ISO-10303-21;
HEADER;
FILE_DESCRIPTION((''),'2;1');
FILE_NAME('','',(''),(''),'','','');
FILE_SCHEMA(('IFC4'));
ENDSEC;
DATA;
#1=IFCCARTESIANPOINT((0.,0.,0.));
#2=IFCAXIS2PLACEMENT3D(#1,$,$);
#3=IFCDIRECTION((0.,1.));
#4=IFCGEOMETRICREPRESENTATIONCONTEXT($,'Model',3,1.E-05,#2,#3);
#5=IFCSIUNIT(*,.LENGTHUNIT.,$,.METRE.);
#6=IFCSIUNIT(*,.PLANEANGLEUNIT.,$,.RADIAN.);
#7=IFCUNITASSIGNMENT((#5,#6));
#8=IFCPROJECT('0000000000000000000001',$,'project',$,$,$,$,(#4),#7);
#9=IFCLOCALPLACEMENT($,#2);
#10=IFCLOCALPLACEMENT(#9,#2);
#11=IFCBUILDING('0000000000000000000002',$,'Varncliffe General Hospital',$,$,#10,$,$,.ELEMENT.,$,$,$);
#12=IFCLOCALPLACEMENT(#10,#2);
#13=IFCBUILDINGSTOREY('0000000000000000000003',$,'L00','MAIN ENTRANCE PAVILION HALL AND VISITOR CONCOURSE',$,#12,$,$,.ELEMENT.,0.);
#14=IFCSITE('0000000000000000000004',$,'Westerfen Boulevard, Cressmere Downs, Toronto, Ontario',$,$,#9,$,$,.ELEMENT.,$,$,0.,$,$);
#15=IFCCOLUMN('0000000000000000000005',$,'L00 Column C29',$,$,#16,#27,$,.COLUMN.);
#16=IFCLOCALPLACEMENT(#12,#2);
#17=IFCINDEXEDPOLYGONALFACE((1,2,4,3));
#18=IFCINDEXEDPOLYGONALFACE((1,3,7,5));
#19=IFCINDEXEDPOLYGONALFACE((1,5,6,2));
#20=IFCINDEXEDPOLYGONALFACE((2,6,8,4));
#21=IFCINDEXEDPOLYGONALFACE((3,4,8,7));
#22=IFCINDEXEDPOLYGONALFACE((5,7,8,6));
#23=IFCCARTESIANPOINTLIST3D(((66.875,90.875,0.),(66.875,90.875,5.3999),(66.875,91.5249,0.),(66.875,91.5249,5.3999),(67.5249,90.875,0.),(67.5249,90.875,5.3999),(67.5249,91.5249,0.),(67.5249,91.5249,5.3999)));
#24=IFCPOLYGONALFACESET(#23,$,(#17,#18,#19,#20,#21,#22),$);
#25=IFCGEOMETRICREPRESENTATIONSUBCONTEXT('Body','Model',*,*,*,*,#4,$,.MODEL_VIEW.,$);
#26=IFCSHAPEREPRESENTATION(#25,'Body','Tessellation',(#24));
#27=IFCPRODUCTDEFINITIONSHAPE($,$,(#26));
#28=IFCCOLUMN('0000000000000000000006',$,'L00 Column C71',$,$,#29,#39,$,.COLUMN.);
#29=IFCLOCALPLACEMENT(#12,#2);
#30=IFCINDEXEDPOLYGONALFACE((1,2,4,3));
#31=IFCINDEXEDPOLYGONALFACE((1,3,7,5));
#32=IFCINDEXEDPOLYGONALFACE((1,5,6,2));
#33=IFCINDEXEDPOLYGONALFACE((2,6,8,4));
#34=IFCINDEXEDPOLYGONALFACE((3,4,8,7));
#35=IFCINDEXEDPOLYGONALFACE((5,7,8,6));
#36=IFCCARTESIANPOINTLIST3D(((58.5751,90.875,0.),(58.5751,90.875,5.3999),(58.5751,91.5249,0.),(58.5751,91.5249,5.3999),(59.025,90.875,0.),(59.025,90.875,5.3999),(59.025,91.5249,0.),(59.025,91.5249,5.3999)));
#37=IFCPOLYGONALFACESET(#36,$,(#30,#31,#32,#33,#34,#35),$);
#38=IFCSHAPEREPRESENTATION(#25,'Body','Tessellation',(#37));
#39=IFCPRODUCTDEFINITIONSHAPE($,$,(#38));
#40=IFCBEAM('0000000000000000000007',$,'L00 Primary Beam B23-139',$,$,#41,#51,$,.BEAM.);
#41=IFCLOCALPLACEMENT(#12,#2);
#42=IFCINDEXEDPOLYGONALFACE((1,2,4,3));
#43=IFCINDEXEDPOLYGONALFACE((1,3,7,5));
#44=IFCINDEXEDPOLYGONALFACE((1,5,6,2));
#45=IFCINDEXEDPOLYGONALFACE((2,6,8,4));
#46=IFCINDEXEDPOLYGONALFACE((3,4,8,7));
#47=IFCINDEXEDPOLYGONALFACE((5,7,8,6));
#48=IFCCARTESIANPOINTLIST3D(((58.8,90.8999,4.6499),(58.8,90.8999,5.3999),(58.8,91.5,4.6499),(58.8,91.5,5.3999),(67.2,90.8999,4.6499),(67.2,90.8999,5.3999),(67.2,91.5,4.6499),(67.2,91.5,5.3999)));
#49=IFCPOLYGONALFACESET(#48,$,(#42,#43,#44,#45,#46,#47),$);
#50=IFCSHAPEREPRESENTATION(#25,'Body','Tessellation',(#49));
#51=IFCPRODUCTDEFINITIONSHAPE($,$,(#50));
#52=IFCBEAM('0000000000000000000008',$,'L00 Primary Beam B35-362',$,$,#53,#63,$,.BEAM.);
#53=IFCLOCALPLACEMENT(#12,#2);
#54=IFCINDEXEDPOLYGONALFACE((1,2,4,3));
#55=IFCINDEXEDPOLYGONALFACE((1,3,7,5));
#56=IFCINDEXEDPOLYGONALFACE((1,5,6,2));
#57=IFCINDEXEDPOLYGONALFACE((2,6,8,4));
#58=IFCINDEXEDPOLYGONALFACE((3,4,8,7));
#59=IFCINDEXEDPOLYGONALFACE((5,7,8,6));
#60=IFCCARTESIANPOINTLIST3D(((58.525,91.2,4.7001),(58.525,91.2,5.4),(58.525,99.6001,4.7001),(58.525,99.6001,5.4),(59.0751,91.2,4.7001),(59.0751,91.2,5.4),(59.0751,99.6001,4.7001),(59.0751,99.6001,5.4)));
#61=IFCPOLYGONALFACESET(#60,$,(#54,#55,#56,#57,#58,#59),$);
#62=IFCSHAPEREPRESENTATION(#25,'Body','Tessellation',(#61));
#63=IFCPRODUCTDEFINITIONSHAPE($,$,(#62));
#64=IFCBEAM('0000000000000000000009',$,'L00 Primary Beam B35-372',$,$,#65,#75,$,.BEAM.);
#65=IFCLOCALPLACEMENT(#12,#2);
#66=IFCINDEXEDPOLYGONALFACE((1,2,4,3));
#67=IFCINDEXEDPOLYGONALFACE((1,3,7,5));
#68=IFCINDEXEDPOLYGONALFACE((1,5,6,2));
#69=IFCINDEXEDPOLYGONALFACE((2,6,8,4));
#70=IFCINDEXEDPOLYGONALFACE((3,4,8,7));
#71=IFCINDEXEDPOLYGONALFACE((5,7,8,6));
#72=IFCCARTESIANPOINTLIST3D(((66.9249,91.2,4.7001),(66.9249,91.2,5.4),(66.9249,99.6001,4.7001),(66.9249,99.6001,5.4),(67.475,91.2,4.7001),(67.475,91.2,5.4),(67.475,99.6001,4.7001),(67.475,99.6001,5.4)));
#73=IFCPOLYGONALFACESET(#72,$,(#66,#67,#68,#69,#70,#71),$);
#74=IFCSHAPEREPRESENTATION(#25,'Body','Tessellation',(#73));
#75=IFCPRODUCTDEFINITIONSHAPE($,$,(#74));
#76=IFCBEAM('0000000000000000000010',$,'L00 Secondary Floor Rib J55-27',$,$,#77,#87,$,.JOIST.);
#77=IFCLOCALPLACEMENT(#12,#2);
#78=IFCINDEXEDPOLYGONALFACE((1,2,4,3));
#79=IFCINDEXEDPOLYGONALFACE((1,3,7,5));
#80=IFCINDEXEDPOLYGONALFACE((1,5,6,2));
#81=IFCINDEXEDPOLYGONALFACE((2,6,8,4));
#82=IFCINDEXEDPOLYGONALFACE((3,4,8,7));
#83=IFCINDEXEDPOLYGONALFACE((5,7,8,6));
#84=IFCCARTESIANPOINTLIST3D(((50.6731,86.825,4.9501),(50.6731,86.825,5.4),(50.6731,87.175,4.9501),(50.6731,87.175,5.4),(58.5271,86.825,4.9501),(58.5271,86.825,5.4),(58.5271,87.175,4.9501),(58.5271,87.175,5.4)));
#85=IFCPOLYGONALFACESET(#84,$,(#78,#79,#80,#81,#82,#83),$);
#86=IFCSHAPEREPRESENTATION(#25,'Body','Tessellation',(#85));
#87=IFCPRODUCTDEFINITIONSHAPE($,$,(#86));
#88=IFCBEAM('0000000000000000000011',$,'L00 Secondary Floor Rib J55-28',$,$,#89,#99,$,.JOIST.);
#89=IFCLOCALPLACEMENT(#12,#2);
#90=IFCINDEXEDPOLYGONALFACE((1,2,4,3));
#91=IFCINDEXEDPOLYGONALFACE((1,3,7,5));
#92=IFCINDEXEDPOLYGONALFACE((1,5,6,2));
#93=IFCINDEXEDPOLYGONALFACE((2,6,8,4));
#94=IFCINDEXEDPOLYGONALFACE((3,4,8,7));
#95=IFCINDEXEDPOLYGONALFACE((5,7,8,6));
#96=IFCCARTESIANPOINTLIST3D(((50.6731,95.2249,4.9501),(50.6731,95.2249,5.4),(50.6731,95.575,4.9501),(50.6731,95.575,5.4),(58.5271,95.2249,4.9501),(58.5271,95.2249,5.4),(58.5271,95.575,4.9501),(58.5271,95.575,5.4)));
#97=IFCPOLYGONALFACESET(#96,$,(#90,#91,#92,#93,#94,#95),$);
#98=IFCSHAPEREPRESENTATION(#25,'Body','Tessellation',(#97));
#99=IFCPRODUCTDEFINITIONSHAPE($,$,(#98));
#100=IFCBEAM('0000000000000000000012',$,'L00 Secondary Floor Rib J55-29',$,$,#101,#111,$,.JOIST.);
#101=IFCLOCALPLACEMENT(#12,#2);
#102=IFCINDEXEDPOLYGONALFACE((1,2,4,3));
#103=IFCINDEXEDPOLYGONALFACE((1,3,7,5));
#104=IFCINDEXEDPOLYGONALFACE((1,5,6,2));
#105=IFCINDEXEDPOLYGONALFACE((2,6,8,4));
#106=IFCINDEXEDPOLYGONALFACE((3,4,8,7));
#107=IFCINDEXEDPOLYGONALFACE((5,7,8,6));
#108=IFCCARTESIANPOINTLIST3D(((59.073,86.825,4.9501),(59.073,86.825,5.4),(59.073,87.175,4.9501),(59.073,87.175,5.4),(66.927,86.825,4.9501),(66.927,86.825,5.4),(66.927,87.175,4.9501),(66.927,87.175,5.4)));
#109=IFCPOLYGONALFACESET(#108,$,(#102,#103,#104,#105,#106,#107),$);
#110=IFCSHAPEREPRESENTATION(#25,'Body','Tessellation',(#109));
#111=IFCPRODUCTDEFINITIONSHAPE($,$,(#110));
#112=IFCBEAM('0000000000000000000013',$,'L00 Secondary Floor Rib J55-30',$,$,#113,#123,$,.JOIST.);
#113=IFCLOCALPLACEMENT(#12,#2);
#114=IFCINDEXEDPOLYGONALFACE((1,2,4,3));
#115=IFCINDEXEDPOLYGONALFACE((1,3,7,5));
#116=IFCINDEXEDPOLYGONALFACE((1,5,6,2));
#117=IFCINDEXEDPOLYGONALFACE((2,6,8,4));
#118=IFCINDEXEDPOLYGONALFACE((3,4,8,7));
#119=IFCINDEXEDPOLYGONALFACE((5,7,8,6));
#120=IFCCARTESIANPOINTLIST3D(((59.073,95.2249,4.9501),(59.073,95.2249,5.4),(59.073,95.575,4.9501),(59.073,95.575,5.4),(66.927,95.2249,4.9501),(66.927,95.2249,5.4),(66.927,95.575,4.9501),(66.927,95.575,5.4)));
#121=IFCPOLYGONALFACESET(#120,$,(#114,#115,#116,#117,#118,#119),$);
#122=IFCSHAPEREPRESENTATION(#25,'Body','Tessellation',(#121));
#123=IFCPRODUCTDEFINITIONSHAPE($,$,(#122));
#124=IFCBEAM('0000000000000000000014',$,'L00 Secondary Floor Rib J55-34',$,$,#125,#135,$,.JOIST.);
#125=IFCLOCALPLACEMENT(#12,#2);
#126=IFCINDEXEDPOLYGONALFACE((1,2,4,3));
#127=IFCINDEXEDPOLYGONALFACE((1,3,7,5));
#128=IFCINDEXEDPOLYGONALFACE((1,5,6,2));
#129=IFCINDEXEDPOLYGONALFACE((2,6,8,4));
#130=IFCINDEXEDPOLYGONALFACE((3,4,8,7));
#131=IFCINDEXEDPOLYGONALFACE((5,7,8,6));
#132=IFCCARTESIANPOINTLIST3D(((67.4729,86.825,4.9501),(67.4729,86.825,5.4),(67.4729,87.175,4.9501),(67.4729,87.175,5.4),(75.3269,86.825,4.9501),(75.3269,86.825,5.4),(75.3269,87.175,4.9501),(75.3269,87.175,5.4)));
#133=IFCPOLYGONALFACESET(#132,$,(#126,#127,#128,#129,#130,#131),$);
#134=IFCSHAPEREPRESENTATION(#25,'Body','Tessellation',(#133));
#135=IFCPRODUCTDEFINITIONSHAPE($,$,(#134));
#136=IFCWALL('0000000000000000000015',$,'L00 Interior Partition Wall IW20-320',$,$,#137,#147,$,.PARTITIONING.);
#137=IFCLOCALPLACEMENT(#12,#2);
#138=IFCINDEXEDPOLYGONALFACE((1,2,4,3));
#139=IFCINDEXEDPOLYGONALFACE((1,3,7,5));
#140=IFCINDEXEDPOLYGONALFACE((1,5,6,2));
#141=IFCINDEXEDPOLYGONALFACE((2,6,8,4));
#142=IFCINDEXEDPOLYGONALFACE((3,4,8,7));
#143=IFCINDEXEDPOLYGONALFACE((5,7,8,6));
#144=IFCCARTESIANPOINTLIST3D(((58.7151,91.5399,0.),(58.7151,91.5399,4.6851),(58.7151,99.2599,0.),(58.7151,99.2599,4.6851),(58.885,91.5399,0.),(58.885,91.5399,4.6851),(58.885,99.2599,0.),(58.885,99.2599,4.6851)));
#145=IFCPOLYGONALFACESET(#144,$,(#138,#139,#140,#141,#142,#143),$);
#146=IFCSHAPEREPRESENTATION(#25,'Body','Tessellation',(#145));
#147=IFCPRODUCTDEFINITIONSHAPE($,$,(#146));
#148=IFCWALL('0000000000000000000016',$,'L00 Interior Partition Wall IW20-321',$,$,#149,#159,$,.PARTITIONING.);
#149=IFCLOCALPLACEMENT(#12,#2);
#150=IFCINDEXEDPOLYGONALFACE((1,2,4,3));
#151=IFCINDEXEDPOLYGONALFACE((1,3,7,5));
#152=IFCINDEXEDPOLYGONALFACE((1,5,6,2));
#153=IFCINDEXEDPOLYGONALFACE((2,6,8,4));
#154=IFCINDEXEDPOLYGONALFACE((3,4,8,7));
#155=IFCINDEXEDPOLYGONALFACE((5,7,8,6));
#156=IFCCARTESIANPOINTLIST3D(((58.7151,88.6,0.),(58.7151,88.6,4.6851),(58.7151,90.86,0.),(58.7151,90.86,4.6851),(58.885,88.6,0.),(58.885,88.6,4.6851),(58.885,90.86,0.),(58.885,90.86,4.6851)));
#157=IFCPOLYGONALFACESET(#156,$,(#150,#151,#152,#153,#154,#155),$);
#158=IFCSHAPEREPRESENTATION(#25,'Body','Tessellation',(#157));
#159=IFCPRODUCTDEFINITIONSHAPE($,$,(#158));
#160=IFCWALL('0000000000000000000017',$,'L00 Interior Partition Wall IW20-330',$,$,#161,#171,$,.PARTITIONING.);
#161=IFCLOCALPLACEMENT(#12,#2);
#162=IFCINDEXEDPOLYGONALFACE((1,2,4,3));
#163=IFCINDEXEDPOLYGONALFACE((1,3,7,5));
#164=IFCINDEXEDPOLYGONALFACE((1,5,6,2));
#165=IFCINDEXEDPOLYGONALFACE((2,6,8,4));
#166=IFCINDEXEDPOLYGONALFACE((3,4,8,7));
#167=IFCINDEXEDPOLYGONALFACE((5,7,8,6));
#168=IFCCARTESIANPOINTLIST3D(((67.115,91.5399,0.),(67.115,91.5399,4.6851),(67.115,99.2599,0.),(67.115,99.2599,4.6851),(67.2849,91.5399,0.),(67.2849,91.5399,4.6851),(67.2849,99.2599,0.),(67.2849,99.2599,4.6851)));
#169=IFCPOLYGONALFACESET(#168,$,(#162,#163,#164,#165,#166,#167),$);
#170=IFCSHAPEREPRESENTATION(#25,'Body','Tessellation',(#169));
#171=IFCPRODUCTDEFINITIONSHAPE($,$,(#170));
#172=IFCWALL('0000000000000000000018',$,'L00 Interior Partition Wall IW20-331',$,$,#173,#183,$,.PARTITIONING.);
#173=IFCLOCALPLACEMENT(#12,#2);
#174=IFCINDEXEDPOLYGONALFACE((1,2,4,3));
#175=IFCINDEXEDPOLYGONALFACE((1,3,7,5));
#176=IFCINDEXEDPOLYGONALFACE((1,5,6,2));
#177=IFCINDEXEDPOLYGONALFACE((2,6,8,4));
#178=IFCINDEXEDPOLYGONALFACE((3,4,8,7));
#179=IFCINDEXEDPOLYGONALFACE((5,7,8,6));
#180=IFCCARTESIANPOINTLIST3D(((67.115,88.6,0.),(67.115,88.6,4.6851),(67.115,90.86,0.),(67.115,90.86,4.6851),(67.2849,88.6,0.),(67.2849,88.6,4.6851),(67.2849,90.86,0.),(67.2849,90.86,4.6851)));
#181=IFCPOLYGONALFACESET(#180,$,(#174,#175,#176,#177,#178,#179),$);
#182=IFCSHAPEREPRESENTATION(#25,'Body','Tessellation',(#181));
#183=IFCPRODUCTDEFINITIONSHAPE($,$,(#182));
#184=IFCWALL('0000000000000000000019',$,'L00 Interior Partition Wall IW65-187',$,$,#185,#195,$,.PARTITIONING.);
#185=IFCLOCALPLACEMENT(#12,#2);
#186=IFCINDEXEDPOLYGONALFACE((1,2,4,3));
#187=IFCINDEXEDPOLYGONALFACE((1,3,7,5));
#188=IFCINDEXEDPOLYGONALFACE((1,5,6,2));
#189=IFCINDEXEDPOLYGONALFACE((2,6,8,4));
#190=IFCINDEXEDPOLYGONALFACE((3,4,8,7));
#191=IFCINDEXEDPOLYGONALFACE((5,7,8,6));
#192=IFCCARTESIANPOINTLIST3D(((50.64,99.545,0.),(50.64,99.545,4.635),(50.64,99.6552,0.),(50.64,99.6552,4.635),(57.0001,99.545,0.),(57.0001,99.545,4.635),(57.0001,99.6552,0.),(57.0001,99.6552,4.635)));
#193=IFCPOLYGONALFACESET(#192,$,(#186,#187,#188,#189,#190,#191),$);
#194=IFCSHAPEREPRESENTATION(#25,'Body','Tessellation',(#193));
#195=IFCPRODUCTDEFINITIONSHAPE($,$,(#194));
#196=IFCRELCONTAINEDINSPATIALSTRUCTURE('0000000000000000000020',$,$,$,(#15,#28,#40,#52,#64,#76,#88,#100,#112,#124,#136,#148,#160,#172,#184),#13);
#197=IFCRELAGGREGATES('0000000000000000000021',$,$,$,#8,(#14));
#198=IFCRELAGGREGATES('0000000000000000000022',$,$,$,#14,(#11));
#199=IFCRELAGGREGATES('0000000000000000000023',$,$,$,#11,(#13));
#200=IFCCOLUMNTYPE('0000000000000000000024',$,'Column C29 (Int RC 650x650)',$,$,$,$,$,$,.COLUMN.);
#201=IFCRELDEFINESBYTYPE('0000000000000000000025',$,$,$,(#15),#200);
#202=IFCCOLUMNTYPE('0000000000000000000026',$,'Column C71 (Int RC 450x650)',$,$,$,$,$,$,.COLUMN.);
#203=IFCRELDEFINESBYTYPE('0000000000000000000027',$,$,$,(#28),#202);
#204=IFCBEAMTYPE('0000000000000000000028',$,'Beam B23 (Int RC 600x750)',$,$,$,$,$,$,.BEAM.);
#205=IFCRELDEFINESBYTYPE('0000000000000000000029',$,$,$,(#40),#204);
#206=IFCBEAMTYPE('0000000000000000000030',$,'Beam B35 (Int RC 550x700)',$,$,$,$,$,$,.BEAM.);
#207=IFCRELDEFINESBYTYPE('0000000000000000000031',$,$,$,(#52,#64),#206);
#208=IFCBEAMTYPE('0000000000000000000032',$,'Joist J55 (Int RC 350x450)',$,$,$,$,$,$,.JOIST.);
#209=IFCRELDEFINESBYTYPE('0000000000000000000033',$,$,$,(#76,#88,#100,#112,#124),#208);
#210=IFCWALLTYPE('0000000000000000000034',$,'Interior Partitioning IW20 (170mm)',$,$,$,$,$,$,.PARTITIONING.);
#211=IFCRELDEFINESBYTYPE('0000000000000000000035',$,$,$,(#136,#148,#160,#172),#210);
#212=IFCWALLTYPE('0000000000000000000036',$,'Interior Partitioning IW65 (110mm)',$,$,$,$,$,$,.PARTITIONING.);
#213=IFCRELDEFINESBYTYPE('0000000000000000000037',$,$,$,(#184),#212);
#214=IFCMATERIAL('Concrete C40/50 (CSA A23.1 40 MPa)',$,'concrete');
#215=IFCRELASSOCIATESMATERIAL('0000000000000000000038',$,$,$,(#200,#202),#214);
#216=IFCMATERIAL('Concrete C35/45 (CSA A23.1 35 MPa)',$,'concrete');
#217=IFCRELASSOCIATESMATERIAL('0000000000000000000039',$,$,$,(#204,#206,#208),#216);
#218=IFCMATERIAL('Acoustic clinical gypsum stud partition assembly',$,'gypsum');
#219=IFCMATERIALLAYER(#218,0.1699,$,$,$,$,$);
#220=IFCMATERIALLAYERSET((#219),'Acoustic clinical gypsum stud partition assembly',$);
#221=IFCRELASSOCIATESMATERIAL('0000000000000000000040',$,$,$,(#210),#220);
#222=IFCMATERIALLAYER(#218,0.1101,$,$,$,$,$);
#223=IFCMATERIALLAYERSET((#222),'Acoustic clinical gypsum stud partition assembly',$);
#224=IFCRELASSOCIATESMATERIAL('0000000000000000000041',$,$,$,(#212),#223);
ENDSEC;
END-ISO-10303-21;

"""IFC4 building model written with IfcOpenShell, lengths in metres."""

from ifc_helpers import new_model, si_unit, direction, frame, frame_2d, origin, origin_2d, place, context, subcontext, project, spatial, rectangle, extrude, material, layer, layer_set, material_profile, profile_set, type_object, element, save


model = new_model("IFC4")

# Units and contexts
model_context = context("Model", 3, precision=1e-05, world=origin(), true_north=direction((0.0, 1.0)))
body_context = subcontext(model_context, "Body", "Model", "MODEL_VIEW")
ifc_project = project(units=[si_unit("LENGTHUNIT", "METRE"), si_unit("PLANEANGLEUNIT", "RADIAN")], contexts=[model_context])

# Site, building, storey
site_placement = place(None, origin())
site = spatial("IfcSite", under=ifc_project, at=site_placement, Name="Westerfen Boulevard, Cressmere Downs, Toronto, Ontario", CompositionType="ELEMENT", RefElevation=0.0)
building_placement = place(site_placement, origin())
building = spatial("IfcBuilding", under=site, at=building_placement, Name="Varncliffe General Hospital", CompositionType="ELEMENT")
storey_placement = place(building_placement, origin())
storey = spatial("IfcBuildingStorey", under=building, at=storey_placement, Name="L00", Description="MAIN ENTRANCE PAVILION HALL AND VISITOR CONCOURSE", CompositionType="ELEMENT", Elevation=0.0)

# Columns
ifc_material_1 = material(Name="Concrete C40/50 (CSA A23.1 40 MPa)", Category="concrete")
ifc_material_profile_1 = material_profile(ifc_material_1, rectangle(XDim=0.6499, YDim=0.6499, at=origin_2d()), Name="RC 650x650")
ifc_profile_set_1 = profile_set([ifc_material_profile_1], Name="Concrete C40/50 (CSA A23.1 40 MPa)")
column_type_1 = type_object("IfcColumnType", Name="Column C29 (Int RC 650x650)", PredefinedType="COLUMN", material=ifc_profile_set_1)
column_1_placement = place(storey_placement, frame((67.2, 91.2, 0.0), z_axis=(0.0, 0.0, 1.0), x_axis=(1.0, 0.0, 0.0)))
element("IfcColumn", 1, at=column_1_placement, inside=storey, type_object=column_type_1, Name="L00 Column C29", PredefinedType="COLUMN", context=body_context, shape_type="SweptSolid", body=[
    extrude(rectangle(XDim=0.6499, YDim=0.6499, at=origin_2d()), origin(), (0.0, 0.0, 1.0), 5.3999),
])
ifc_material_profile_2 = material_profile(ifc_material_1, rectangle(XDim=0.45, YDim=0.6499, at=origin_2d()), Name="RC 450x650")
ifc_profile_set_2 = profile_set([ifc_material_profile_2], Name="Concrete C40/50 (CSA A23.1 40 MPa)")
column_type_2 = type_object("IfcColumnType", Name="Column C71 (Int RC 450x650)", PredefinedType="COLUMN", material=ifc_profile_set_2)
column_2_placement = place(storey_placement, frame((58.8, 91.2, 0.0), z_axis=(0.0, 0.0, 1.0), x_axis=(1.0, 0.0, 0.0)))
element("IfcColumn", 2, at=column_2_placement, inside=storey, type_object=column_type_2, Name="L00 Column C71", PredefinedType="COLUMN", context=body_context, shape_type="SweptSolid", body=[
    extrude(rectangle(XDim=0.45, YDim=0.6499, at=origin_2d()), origin(), (0.0, 0.0, 1.0), 5.3999),
])

# Beams
ifc_material_2 = material(Name="Concrete C35/45 (CSA A23.1 35 MPa)", Category="concrete")
ifc_material_profile_3 = material_profile(ifc_material_2, rectangle(XDim=0.6001, YDim=0.75, at=origin_2d()), Name="RC 600x750")
ifc_profile_set_3 = profile_set([ifc_material_profile_3], Name="Concrete C35/45 (CSA A23.1 35 MPa)")
beam_type_1 = type_object("IfcBeamType", Name="Beam B23 (Int RC 600x750)", PredefinedType="BEAM", material=ifc_profile_set_3)
beam_placement = place(storey_placement, frame((58.8, 91.2, 5.0249), z_axis=(1.0, 0.0, 0.0), x_axis=(0.0, 1.0, 0.0)))
element("IfcBeam", 3, at=beam_placement, inside=storey, type_object=beam_type_1, Name="L00 Primary Beam B23-139", PredefinedType="BEAM", context=body_context, shape_type="SweptSolid", body=[
    extrude(rectangle(XDim=0.6001, YDim=0.75, at=origin_2d()), origin(), (0.0, 0.0, 1.0), 8.3999),
])
ifc_material_profile_4 = material_profile(ifc_material_2, rectangle(XDim=0.55, YDim=0.7, at=origin_2d()), Name="RC 550x700")
ifc_profile_set_4 = profile_set([ifc_material_profile_4], Name="Concrete C35/45 (CSA A23.1 35 MPa)")
beam_type_2 = type_object("IfcBeamType", Name="Beam B35 (Int RC 550x700)", PredefinedType="BEAM", material=ifc_profile_set_4)
for number, where, z_axis, x_axis, name in (
    (4, (58.8, 91.2, 5.05), (0.0, 1.0, 0.0), (-1.0, 0.0, 0.0), "L00 Primary Beam B35-362"),
    (5, (67.2, 91.2, 5.05), (0.0, 1.0, 0.0), (-1.0, 0.0, 0.0), "L00 Primary Beam B35-372"),
):
    element("IfcBeam", number, at=place(storey_placement, frame(where, z_axis=z_axis, x_axis=x_axis)), inside=storey, type_object=beam_type_2, Name=name, PredefinedType="BEAM", context=body_context, shape_type="SweptSolid", body=[
        extrude(rectangle(XDim=0.55, YDim=0.7, at=origin_2d()), origin(), (0.0, 0.0, 1.0), 8.4001),
    ])
ifc_material_profile_5 = material_profile(ifc_material_2, rectangle(XDim=0.3501, YDim=0.45, at=origin_2d()), Name="RC 350x450")
ifc_profile_set_5 = profile_set([ifc_material_profile_5], Name="Concrete C35/45 (CSA A23.1 35 MPa)")
beam_type_3 = type_object("IfcBeamType", Name="Joist J55 (Int RC 350x450)", PredefinedType="JOIST", material=ifc_profile_set_5)
for number, where, z_axis, x_axis, name in (
    (6, (50.6731, 87.0, 5.175), (1.0, 0.0, 0.0), (0.0, 1.0, 0.0), "L00 Secondary Floor Rib J55-27"),
    (7, (50.6731, 95.3999, 5.175), (1.0, 0.0, 0.0), (0.0, 1.0, 0.0), "L00 Secondary Floor Rib J55-28"),
    (8, (59.073, 87.0, 5.175), (1.0, 0.0, 0.0), (0.0, 1.0, 0.0), "L00 Secondary Floor Rib J55-29"),
    (9, (59.073, 95.3999, 5.175), (1.0, 0.0, 0.0), (0.0, 1.0, 0.0), "L00 Secondary Floor Rib J55-30"),
    (10, (67.4729, 87.0, 5.175), (1.0, 0.0, 0.0), (0.0, 1.0, 0.0), "L00 Secondary Floor Rib J55-34"),
):
    element("IfcBeam", number, at=place(storey_placement, frame(where, z_axis=z_axis, x_axis=x_axis)), inside=storey, type_object=beam_type_3, Name=name, PredefinedType="JOIST", context=body_context, shape_type="SweptSolid", body=[
        extrude(rectangle(XDim=0.3501, YDim=0.45, at=origin_2d()), origin(), (0.0, 0.0, 1.0), 7.854),
    ])

# Walls
ifc_material_3 = material(Name="Acoustic clinical gypsum stud partition assembly", Category="gypsum")
ifc_layer_1 = layer(ifc_material_3, 0.1699)
ifc_layer_set_1 = layer_set([ifc_layer_1], Name="Acoustic clinical gypsum stud partition assembly")
wall_type_1 = type_object("IfcWallType", Name="Interior Partitioning IW20 (170mm)", PredefinedType="PARTITIONING", material=ifc_layer_set_1)
wall_1_placement = place(storey_placement, frame((58.8, 91.54, 0.0), z_axis=(0.0, 0.0, 1.0), x_axis=(0.0, 1.0, 0.0)))
element("IfcWall", 11, at=wall_1_placement, inside=storey, type_object=wall_type_1, Name="L00 Interior Partition Wall IW20-320", PredefinedType="PARTITIONING", context=body_context, shape_type="SweptSolid", body=[
    extrude(rectangle(XDim=7.72, YDim=0.1699, at=frame_2d((3.8599, 0.0))), origin(), (0.0, 0.0, 1.0), 4.6851),
])
wall_2_placement = place(storey_placement, frame((58.8, 88.6001, 0.0), z_axis=(0.0, 0.0, 1.0), x_axis=(0.0, 1.0, 0.0)))
element("IfcWall", 12, at=wall_2_placement, inside=storey, type_object=wall_type_1, Name="L00 Interior Partition Wall IW20-321", PredefinedType="PARTITIONING", context=body_context, shape_type="SweptSolid", body=[
    extrude(rectangle(XDim=2.26, YDim=0.1699, at=frame_2d((1.1299, 0.0))), origin(), (0.0, 0.0, 1.0), 4.6851),
])
wall_3_placement = place(storey_placement, frame((67.2, 91.54, 0.0), z_axis=(0.0, 0.0, 1.0), x_axis=(0.0, 1.0, 0.0)))
element("IfcWall", 13, at=wall_3_placement, inside=storey, type_object=wall_type_1, Name="L00 Interior Partition Wall IW20-330", PredefinedType="PARTITIONING", context=body_context, shape_type="SweptSolid", body=[
    extrude(rectangle(XDim=7.72, YDim=0.1699, at=frame_2d((3.8599, 0.0))), origin(), (0.0, 0.0, 1.0), 4.6851),
])
wall_4_placement = place(storey_placement, frame((67.2, 88.6001, 0.0), z_axis=(0.0, 0.0, 1.0), x_axis=(0.0, 1.0, 0.0)))
element("IfcWall", 14, at=wall_4_placement, inside=storey, type_object=wall_type_1, Name="L00 Interior Partition Wall IW20-331", PredefinedType="PARTITIONING", context=body_context, shape_type="SweptSolid", body=[
    extrude(rectangle(XDim=2.26, YDim=0.1699, at=frame_2d((1.1299, 0.0))), origin(), (0.0, 0.0, 1.0), 4.6851),
])
ifc_layer_2 = layer(ifc_material_3, 0.1101)
ifc_layer_set_2 = layer_set([ifc_layer_2], Name="Acoustic clinical gypsum stud partition assembly")
wall_type_2 = type_object("IfcWallType", Name="Interior Partitioning IW65 (110mm)", PredefinedType="PARTITIONING", material=ifc_layer_set_2)
wall_5_placement = place(storey_placement, frame((50.6399, 99.6001, 0.0), z_axis=(0.0, 0.0, 1.0), x_axis=(1.0, 0.0, 0.0)))
element("IfcWall", 15, at=wall_5_placement, inside=storey, type_object=wall_type_2, Name="L00 Interior Partition Wall IW65-187", PredefinedType="PARTITIONING", context=body_context, shape_type="SweptSolid", body=[
    extrude(rectangle(XDim=6.3601, YDim=0.1101, at=frame_2d((3.1802, 0.0))), origin(), (0.0, 0.0, 1.0), 4.635),
])

save(model, "model.ifc")
